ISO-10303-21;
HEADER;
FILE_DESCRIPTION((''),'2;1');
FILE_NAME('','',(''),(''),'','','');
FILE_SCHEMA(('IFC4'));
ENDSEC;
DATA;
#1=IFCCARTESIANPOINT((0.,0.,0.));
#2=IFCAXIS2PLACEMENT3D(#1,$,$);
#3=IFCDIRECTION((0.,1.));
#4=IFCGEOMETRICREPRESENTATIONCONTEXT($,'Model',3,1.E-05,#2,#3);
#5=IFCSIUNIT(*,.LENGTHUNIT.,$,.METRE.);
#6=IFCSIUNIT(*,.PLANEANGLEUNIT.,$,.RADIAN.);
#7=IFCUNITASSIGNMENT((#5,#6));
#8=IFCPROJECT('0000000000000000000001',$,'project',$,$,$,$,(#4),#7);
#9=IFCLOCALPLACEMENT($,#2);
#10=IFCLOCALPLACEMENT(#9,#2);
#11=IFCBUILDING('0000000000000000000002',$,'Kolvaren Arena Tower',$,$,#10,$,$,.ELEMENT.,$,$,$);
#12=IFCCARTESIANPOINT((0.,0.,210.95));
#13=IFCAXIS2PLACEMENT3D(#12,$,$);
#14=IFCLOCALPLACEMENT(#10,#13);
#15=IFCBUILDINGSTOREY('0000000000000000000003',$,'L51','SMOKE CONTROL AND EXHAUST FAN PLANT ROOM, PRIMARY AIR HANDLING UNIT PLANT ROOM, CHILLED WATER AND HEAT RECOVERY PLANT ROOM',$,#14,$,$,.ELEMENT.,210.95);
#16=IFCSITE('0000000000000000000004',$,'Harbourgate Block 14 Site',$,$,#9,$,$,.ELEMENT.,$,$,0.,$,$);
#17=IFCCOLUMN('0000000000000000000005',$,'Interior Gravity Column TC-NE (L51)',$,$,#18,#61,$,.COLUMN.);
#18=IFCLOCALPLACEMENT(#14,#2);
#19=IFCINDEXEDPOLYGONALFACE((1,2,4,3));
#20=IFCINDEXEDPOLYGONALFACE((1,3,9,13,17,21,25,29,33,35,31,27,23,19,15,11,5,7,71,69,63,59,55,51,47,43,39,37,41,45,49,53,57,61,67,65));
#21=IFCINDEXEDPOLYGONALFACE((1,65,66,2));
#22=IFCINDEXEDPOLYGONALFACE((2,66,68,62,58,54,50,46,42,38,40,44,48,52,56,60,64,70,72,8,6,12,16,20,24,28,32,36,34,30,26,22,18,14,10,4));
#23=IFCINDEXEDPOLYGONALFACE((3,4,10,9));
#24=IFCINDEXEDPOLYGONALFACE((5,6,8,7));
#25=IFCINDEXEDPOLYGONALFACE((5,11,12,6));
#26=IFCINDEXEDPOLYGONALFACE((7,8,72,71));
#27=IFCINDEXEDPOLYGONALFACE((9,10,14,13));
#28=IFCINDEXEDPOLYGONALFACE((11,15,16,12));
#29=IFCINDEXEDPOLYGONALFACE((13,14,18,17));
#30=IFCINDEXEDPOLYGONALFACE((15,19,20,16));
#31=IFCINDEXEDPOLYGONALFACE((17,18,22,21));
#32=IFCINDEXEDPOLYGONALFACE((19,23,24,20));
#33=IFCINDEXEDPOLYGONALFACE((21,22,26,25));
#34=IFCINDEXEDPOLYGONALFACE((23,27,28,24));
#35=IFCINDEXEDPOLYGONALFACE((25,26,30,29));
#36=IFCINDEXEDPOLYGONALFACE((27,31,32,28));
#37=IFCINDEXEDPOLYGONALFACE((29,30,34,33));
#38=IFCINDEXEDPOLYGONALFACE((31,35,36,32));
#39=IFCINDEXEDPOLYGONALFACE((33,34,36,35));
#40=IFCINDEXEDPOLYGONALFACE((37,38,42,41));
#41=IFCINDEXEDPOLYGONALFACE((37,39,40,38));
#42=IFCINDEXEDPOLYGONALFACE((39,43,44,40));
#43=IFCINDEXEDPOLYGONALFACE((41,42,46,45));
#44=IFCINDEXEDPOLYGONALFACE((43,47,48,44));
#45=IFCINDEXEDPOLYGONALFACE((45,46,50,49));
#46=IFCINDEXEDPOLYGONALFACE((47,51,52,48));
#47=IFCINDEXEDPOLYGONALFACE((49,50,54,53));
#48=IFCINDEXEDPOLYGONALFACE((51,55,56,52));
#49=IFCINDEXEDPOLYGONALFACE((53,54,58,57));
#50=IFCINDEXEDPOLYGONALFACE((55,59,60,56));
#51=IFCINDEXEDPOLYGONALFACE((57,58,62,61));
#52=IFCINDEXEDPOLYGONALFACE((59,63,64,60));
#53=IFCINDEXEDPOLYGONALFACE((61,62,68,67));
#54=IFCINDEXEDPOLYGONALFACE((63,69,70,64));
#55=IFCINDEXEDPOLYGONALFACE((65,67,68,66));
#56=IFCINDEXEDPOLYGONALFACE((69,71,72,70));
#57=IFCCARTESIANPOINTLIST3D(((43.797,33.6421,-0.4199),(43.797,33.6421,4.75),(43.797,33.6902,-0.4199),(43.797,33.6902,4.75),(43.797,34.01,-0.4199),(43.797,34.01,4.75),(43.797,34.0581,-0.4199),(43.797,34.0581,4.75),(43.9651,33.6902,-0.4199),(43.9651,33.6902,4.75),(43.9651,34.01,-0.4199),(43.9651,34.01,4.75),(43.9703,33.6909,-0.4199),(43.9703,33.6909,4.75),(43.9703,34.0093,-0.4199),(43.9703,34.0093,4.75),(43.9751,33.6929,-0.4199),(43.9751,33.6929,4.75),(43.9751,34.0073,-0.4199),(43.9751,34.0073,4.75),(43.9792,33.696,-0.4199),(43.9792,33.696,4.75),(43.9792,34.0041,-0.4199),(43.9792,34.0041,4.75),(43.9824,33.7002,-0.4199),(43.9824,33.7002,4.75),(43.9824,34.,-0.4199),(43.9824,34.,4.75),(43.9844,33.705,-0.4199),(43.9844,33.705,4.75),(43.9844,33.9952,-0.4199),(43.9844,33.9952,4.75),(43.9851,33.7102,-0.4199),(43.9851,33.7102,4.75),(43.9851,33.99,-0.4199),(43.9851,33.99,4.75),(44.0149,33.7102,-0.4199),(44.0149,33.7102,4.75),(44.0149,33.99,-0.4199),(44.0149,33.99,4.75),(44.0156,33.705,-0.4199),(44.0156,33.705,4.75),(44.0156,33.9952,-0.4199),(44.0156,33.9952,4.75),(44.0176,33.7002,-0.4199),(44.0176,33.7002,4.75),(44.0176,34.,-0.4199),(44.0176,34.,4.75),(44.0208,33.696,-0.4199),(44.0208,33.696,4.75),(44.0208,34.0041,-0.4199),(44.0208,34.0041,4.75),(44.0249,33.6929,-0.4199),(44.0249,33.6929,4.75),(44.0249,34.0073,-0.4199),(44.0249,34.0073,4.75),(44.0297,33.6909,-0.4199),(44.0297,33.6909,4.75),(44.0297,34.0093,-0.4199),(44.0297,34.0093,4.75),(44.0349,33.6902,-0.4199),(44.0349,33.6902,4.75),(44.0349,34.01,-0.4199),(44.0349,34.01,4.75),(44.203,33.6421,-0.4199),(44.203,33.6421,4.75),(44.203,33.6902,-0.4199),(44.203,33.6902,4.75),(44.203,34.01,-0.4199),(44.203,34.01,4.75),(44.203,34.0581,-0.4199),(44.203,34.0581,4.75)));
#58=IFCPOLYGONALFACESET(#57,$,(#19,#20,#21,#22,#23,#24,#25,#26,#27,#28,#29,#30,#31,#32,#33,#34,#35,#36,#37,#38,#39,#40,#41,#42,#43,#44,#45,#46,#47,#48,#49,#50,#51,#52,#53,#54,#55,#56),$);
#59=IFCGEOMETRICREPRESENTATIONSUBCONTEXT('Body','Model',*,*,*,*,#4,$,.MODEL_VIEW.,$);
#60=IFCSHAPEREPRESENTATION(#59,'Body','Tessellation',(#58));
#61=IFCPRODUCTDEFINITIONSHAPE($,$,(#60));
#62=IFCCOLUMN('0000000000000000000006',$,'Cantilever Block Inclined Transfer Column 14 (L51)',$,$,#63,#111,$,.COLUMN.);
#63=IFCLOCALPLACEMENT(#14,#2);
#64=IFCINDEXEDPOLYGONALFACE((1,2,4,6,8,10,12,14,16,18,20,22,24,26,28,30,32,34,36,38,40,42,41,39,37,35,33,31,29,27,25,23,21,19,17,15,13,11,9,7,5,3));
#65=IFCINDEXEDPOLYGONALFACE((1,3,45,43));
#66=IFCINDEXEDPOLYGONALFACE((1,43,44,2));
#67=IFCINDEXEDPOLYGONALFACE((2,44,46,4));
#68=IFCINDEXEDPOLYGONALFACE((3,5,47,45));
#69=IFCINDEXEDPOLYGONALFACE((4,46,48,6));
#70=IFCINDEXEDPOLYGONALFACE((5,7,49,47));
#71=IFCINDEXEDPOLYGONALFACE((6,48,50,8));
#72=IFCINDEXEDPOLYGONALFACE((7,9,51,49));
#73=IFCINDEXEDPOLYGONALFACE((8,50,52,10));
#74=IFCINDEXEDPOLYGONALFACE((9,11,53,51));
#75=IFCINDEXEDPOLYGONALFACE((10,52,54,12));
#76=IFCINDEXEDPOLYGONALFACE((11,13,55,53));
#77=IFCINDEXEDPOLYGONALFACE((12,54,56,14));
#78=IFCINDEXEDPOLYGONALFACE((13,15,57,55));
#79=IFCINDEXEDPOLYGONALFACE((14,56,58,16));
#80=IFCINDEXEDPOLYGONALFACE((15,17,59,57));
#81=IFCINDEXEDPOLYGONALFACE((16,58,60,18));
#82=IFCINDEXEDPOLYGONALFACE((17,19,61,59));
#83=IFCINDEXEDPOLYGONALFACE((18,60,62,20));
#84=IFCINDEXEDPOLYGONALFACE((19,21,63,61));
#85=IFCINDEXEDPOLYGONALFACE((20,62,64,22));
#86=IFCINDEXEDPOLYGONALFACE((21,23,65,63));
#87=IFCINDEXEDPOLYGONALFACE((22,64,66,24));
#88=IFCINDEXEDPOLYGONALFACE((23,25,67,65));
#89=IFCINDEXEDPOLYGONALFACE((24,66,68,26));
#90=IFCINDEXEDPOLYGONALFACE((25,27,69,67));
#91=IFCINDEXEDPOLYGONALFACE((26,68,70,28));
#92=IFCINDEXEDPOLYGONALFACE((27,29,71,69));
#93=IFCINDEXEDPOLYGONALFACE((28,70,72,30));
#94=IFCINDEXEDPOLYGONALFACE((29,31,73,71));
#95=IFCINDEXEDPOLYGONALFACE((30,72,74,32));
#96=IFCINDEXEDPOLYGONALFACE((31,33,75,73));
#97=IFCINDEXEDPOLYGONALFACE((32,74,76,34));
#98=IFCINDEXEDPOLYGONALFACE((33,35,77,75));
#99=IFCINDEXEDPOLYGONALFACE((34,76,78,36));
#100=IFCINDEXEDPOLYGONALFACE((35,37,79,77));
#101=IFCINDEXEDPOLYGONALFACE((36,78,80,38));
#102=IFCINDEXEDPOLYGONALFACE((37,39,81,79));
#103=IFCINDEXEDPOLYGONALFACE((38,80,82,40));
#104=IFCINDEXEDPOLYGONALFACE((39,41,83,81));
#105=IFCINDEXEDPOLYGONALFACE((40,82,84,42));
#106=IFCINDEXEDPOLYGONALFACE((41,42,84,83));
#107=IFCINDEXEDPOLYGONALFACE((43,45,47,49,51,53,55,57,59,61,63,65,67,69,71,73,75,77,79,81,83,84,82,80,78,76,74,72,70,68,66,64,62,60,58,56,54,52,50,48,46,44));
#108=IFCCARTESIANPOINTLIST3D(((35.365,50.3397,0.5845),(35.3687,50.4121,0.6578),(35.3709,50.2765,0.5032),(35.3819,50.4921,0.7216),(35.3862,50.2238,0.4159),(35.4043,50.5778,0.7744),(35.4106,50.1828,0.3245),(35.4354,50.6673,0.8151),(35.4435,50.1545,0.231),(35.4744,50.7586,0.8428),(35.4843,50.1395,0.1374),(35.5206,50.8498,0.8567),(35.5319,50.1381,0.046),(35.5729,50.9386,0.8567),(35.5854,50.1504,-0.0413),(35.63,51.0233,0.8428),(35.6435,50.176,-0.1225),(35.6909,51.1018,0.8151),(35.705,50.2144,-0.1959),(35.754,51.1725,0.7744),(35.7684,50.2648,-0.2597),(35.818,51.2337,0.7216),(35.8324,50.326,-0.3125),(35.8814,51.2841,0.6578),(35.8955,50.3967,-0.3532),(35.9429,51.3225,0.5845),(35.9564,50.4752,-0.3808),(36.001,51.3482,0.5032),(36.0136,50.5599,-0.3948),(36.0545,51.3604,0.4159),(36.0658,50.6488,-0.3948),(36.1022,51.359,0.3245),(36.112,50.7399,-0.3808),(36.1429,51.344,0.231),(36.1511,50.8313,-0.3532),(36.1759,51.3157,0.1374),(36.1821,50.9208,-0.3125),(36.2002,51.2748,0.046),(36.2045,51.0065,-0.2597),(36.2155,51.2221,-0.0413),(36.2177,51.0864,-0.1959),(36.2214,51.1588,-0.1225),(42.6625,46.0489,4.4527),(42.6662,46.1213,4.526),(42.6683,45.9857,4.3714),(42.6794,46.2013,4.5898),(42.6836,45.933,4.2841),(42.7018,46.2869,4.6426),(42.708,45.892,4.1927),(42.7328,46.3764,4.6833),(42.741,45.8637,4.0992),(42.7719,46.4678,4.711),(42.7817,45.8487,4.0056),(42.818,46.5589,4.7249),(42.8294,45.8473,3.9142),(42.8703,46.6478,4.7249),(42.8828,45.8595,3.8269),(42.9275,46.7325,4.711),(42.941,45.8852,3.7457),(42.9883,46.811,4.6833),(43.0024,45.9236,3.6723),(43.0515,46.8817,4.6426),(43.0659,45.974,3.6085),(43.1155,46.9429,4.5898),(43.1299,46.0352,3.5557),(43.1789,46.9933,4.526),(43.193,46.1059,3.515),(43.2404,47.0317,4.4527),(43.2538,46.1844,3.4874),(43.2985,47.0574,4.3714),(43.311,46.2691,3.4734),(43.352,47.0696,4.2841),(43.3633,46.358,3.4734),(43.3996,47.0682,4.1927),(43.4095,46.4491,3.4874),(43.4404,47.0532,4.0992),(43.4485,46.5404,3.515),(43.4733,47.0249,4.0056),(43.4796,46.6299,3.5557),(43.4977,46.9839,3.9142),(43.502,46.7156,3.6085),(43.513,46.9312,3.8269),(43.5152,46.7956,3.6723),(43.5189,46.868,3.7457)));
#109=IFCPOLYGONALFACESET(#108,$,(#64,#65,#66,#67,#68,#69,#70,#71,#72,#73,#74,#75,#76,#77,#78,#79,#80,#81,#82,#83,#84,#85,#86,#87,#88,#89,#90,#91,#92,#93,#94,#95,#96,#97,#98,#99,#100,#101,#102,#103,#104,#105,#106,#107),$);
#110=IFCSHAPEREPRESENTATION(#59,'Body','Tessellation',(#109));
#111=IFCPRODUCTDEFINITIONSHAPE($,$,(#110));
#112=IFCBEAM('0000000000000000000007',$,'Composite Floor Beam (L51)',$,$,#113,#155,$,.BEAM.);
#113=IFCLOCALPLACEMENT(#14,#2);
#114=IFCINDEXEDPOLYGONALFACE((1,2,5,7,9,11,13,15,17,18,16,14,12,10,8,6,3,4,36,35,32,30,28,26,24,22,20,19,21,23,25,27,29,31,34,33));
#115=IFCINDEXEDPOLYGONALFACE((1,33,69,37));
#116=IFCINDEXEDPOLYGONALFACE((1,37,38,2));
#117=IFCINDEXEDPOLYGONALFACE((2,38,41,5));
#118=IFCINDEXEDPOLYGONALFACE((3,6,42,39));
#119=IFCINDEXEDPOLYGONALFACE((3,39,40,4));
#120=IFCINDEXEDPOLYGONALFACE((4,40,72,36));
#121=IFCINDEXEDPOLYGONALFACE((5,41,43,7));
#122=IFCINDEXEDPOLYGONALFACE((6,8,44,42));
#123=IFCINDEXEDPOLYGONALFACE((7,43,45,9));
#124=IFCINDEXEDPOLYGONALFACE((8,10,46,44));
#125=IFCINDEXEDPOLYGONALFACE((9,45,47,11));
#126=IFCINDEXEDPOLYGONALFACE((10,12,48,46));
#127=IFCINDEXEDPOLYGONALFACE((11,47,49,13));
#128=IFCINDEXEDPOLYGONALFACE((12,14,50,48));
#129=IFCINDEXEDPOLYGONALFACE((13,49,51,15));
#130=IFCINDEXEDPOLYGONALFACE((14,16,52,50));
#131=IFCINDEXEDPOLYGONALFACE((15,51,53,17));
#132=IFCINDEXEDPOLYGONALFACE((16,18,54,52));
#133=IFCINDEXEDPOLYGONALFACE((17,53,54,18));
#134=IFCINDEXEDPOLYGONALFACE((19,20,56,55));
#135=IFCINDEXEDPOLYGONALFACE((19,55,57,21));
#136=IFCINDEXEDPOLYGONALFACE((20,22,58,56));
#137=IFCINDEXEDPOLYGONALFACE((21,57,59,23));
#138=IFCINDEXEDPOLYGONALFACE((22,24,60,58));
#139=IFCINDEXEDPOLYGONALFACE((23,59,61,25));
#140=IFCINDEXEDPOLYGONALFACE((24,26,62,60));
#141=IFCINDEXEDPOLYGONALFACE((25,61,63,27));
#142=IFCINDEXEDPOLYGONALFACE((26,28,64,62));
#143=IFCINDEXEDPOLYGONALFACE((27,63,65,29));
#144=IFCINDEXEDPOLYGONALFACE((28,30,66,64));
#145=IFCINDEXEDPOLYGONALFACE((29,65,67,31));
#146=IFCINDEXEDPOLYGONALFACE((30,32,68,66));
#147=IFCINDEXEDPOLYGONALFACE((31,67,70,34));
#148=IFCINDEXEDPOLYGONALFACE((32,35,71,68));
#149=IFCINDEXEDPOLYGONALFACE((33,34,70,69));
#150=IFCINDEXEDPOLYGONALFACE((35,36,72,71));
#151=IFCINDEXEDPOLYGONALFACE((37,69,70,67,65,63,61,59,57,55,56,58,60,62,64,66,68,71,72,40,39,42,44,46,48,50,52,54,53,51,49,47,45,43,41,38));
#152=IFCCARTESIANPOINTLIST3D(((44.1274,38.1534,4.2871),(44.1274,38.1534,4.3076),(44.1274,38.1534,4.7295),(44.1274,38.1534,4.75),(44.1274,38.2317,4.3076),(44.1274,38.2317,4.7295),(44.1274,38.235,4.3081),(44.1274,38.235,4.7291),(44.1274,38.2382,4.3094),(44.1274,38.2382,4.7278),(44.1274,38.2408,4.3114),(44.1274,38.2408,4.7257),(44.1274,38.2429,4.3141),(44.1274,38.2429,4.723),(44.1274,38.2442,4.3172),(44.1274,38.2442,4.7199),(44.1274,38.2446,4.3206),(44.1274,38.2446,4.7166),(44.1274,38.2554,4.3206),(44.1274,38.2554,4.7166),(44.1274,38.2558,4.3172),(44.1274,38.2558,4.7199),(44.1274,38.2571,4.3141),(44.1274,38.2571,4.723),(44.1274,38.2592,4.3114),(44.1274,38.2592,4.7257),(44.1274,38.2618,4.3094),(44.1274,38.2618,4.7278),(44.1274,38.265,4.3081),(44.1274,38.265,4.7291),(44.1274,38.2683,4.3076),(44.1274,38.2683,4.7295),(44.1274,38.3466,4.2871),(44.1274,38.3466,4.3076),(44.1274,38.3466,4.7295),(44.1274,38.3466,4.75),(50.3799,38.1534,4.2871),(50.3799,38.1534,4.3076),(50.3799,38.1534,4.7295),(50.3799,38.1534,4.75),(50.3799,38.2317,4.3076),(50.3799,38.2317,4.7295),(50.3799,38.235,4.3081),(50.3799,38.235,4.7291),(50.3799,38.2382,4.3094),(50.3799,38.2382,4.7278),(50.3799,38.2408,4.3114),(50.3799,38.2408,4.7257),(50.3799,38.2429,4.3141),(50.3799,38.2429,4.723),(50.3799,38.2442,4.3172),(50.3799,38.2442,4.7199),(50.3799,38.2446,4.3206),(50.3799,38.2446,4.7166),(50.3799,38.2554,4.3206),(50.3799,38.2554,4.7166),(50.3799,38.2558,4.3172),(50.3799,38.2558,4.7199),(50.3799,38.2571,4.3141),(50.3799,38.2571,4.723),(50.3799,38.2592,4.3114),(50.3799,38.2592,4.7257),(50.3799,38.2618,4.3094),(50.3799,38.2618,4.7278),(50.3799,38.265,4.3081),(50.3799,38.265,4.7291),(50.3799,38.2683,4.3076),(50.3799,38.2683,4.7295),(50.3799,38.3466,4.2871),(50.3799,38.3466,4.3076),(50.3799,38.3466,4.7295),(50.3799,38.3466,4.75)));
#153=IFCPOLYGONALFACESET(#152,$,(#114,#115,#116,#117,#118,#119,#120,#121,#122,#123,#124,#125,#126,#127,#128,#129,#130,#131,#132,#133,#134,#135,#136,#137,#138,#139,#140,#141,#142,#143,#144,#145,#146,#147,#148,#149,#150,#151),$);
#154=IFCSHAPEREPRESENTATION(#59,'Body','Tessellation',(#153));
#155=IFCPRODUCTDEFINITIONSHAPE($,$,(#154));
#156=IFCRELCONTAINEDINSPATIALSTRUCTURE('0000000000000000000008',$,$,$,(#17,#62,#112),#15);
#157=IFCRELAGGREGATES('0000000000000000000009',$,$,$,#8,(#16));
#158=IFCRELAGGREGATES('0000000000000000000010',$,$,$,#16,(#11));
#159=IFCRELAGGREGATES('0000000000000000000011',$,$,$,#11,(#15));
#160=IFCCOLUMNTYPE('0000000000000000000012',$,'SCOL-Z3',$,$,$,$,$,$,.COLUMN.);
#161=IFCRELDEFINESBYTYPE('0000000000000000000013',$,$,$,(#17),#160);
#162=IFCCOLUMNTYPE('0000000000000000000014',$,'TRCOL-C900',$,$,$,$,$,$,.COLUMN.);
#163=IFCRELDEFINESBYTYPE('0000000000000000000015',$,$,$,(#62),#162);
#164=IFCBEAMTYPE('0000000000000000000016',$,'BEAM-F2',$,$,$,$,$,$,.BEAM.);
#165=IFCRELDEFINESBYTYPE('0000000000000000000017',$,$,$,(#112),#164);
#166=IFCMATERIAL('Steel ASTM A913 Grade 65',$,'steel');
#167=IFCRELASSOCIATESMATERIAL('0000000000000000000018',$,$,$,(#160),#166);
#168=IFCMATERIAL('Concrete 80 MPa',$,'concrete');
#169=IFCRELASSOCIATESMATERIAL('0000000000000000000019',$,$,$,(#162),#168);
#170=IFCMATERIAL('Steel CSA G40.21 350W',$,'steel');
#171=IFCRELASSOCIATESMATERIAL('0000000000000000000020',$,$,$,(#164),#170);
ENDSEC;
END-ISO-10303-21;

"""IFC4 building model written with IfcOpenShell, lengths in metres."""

from ifc_helpers import new_model, si_unit, direction, frame, origin, origin_2d, place, context, subcontext, project, spatial, circle, i_section, extrude, material, material_profile, profile_set, type_object, element, save


model = new_model("IFC4")

# Units and contexts
model_context = context("Model", 3, precision=1e-05, world=origin(), true_north=direction((0.0, 1.0)))
body_context = subcontext(model_context, "Body", "Model", "MODEL_VIEW")
ifc_project = project(units=[si_unit("LENGTHUNIT", "METRE"), si_unit("PLANEANGLEUNIT", "RADIAN")], contexts=[model_context])

# Site, building, storey
site_placement = place(None, origin())
site = spatial("IfcSite", under=ifc_project, at=site_placement, Name="Harbourgate Block 14 Site", CompositionType="ELEMENT", RefElevation=0.0)
building_placement = place(site_placement, origin())
building = spatial("IfcBuilding", under=site, at=building_placement, Name="Kolvaren Arena Tower", CompositionType="ELEMENT")
storey_placement = place(building_placement, frame((0.0, 0.0, 210.95)))
storey = spatial("IfcBuildingStorey", under=building, at=storey_placement, Name="L51", Description="SMOKE CONTROL AND EXHAUST FAN PLANT ROOM, PRIMARY AIR HANDLING UNIT PLANT ROOM, CHILLED WATER AND HEAT RECOVERY PLANT ROOM", CompositionType="ELEMENT", Elevation=210.95)

# Columns
ifc_material_1 = material(Name="Steel ASTM A913 Grade 65", Category="steel")
ifc_material_profile_1 = material_profile(ifc_material_1, i_section(OverallWidth=0.406, OverallDepth=0.416, WebThickness=0.0298, FlangeThickness=0.0481, FilletRadius=0.02, at=origin_2d()), Name="W360x382")
ifc_profile_set_1 = profile_set([ifc_material_profile_1], Name="Steel ASTM A913 Grade 65")
column_type_1 = type_object("IfcColumnType", Name="SCOL-Z3", PredefinedType="COLUMN", material=ifc_profile_set_1)
column_1_placement = place(storey_placement, frame((44.0, 33.8501, -0.4199), z_axis=(0.0, 0.0, 1.0), x_axis=(1.0, 0.0, 0.0)))
element("IfcColumn", 1, at=column_1_placement, inside=storey, type_object=column_type_1, Name="Interior Gravity Column TC-NE (L51)", PredefinedType="COLUMN", context=body_context, shape_type="SweptSolid", body=[
    extrude(i_section(OverallWidth=0.406, OverallDepth=0.416, WebThickness=0.0298, FlangeThickness=0.0481, FilletRadius=0.02, at=origin_2d()), origin(), (0.0, 0.0, 1.0), 5.1699),
])
ifc_material_2 = material(Name="Concrete 80 MPa", Category="concrete")
ifc_material_profile_2 = material_profile(ifc_material_2, circle(Radius=0.6899, at=origin_2d()), Name="RC-CIRC-1380")
ifc_profile_set_2 = profile_set([ifc_material_profile_2], Name="Concrete 80 MPa")
column_type_2 = type_object("IfcColumnType", Name="TRCOL-C900", PredefinedType="COLUMN", material=ifc_profile_set_2)
column_2_placement = place(storey_placement, frame((35.7932, 50.7493, 0.231), z_axis=(0.784051, -0.461014, 0.415608), x_axis=(0.506863, 0.862027, 0.0)))
element("IfcColumn", 2, at=column_2_placement, inside=storey, type_object=column_type_2, Name="Cantilever Block Inclined Transfer Column 14 (L51)", PredefinedType="COLUMN", context=body_context, shape_type="SweptSolid", body=[
    extrude(circle(Radius=0.6899, at=origin_2d()), origin(), (0.0, 0.0, 1.0), 9.3074),
])

# Beam
ifc_material_3 = material(Name="Steel CSA G40.21 350W", Category="steel")
ifc_material_profile_3 = material_profile(ifc_material_3, i_section(OverallWidth=0.1931, OverallDepth=0.4629, WebThickness=0.0107, FlangeThickness=0.0205, FilletRadius=0.0129, at=origin_2d()), Name="W460x113")
ifc_profile_set_3 = profile_set([ifc_material_profile_3], Name="Steel CSA G40.21 350W")
beam_type_1 = type_object("IfcBeamType", Name="BEAM-F2", PredefinedType="BEAM", material=ifc_profile_set_3)
beam_1_placement = place(storey_placement, frame((44.1274, 38.25, 4.5186), z_axis=(1.0, 0.0, 0.0), x_axis=(0.0, 1.0, 0.0)))
element("IfcBeam", 3, at=beam_1_placement, inside=storey, type_object=beam_type_1, Name="Composite Floor Beam (L51)", PredefinedType="BEAM", context=body_context, shape_type="SweptSolid", body=[
    extrude(i_section(OverallWidth=0.1931, OverallDepth=0.4629, WebThickness=0.0107, FlangeThickness=0.0205, FilletRadius=0.0129, at=origin_2d()), origin(), (0.0, 0.0, 1.0), 6.2524),
])

save(model, "model.ifc")
